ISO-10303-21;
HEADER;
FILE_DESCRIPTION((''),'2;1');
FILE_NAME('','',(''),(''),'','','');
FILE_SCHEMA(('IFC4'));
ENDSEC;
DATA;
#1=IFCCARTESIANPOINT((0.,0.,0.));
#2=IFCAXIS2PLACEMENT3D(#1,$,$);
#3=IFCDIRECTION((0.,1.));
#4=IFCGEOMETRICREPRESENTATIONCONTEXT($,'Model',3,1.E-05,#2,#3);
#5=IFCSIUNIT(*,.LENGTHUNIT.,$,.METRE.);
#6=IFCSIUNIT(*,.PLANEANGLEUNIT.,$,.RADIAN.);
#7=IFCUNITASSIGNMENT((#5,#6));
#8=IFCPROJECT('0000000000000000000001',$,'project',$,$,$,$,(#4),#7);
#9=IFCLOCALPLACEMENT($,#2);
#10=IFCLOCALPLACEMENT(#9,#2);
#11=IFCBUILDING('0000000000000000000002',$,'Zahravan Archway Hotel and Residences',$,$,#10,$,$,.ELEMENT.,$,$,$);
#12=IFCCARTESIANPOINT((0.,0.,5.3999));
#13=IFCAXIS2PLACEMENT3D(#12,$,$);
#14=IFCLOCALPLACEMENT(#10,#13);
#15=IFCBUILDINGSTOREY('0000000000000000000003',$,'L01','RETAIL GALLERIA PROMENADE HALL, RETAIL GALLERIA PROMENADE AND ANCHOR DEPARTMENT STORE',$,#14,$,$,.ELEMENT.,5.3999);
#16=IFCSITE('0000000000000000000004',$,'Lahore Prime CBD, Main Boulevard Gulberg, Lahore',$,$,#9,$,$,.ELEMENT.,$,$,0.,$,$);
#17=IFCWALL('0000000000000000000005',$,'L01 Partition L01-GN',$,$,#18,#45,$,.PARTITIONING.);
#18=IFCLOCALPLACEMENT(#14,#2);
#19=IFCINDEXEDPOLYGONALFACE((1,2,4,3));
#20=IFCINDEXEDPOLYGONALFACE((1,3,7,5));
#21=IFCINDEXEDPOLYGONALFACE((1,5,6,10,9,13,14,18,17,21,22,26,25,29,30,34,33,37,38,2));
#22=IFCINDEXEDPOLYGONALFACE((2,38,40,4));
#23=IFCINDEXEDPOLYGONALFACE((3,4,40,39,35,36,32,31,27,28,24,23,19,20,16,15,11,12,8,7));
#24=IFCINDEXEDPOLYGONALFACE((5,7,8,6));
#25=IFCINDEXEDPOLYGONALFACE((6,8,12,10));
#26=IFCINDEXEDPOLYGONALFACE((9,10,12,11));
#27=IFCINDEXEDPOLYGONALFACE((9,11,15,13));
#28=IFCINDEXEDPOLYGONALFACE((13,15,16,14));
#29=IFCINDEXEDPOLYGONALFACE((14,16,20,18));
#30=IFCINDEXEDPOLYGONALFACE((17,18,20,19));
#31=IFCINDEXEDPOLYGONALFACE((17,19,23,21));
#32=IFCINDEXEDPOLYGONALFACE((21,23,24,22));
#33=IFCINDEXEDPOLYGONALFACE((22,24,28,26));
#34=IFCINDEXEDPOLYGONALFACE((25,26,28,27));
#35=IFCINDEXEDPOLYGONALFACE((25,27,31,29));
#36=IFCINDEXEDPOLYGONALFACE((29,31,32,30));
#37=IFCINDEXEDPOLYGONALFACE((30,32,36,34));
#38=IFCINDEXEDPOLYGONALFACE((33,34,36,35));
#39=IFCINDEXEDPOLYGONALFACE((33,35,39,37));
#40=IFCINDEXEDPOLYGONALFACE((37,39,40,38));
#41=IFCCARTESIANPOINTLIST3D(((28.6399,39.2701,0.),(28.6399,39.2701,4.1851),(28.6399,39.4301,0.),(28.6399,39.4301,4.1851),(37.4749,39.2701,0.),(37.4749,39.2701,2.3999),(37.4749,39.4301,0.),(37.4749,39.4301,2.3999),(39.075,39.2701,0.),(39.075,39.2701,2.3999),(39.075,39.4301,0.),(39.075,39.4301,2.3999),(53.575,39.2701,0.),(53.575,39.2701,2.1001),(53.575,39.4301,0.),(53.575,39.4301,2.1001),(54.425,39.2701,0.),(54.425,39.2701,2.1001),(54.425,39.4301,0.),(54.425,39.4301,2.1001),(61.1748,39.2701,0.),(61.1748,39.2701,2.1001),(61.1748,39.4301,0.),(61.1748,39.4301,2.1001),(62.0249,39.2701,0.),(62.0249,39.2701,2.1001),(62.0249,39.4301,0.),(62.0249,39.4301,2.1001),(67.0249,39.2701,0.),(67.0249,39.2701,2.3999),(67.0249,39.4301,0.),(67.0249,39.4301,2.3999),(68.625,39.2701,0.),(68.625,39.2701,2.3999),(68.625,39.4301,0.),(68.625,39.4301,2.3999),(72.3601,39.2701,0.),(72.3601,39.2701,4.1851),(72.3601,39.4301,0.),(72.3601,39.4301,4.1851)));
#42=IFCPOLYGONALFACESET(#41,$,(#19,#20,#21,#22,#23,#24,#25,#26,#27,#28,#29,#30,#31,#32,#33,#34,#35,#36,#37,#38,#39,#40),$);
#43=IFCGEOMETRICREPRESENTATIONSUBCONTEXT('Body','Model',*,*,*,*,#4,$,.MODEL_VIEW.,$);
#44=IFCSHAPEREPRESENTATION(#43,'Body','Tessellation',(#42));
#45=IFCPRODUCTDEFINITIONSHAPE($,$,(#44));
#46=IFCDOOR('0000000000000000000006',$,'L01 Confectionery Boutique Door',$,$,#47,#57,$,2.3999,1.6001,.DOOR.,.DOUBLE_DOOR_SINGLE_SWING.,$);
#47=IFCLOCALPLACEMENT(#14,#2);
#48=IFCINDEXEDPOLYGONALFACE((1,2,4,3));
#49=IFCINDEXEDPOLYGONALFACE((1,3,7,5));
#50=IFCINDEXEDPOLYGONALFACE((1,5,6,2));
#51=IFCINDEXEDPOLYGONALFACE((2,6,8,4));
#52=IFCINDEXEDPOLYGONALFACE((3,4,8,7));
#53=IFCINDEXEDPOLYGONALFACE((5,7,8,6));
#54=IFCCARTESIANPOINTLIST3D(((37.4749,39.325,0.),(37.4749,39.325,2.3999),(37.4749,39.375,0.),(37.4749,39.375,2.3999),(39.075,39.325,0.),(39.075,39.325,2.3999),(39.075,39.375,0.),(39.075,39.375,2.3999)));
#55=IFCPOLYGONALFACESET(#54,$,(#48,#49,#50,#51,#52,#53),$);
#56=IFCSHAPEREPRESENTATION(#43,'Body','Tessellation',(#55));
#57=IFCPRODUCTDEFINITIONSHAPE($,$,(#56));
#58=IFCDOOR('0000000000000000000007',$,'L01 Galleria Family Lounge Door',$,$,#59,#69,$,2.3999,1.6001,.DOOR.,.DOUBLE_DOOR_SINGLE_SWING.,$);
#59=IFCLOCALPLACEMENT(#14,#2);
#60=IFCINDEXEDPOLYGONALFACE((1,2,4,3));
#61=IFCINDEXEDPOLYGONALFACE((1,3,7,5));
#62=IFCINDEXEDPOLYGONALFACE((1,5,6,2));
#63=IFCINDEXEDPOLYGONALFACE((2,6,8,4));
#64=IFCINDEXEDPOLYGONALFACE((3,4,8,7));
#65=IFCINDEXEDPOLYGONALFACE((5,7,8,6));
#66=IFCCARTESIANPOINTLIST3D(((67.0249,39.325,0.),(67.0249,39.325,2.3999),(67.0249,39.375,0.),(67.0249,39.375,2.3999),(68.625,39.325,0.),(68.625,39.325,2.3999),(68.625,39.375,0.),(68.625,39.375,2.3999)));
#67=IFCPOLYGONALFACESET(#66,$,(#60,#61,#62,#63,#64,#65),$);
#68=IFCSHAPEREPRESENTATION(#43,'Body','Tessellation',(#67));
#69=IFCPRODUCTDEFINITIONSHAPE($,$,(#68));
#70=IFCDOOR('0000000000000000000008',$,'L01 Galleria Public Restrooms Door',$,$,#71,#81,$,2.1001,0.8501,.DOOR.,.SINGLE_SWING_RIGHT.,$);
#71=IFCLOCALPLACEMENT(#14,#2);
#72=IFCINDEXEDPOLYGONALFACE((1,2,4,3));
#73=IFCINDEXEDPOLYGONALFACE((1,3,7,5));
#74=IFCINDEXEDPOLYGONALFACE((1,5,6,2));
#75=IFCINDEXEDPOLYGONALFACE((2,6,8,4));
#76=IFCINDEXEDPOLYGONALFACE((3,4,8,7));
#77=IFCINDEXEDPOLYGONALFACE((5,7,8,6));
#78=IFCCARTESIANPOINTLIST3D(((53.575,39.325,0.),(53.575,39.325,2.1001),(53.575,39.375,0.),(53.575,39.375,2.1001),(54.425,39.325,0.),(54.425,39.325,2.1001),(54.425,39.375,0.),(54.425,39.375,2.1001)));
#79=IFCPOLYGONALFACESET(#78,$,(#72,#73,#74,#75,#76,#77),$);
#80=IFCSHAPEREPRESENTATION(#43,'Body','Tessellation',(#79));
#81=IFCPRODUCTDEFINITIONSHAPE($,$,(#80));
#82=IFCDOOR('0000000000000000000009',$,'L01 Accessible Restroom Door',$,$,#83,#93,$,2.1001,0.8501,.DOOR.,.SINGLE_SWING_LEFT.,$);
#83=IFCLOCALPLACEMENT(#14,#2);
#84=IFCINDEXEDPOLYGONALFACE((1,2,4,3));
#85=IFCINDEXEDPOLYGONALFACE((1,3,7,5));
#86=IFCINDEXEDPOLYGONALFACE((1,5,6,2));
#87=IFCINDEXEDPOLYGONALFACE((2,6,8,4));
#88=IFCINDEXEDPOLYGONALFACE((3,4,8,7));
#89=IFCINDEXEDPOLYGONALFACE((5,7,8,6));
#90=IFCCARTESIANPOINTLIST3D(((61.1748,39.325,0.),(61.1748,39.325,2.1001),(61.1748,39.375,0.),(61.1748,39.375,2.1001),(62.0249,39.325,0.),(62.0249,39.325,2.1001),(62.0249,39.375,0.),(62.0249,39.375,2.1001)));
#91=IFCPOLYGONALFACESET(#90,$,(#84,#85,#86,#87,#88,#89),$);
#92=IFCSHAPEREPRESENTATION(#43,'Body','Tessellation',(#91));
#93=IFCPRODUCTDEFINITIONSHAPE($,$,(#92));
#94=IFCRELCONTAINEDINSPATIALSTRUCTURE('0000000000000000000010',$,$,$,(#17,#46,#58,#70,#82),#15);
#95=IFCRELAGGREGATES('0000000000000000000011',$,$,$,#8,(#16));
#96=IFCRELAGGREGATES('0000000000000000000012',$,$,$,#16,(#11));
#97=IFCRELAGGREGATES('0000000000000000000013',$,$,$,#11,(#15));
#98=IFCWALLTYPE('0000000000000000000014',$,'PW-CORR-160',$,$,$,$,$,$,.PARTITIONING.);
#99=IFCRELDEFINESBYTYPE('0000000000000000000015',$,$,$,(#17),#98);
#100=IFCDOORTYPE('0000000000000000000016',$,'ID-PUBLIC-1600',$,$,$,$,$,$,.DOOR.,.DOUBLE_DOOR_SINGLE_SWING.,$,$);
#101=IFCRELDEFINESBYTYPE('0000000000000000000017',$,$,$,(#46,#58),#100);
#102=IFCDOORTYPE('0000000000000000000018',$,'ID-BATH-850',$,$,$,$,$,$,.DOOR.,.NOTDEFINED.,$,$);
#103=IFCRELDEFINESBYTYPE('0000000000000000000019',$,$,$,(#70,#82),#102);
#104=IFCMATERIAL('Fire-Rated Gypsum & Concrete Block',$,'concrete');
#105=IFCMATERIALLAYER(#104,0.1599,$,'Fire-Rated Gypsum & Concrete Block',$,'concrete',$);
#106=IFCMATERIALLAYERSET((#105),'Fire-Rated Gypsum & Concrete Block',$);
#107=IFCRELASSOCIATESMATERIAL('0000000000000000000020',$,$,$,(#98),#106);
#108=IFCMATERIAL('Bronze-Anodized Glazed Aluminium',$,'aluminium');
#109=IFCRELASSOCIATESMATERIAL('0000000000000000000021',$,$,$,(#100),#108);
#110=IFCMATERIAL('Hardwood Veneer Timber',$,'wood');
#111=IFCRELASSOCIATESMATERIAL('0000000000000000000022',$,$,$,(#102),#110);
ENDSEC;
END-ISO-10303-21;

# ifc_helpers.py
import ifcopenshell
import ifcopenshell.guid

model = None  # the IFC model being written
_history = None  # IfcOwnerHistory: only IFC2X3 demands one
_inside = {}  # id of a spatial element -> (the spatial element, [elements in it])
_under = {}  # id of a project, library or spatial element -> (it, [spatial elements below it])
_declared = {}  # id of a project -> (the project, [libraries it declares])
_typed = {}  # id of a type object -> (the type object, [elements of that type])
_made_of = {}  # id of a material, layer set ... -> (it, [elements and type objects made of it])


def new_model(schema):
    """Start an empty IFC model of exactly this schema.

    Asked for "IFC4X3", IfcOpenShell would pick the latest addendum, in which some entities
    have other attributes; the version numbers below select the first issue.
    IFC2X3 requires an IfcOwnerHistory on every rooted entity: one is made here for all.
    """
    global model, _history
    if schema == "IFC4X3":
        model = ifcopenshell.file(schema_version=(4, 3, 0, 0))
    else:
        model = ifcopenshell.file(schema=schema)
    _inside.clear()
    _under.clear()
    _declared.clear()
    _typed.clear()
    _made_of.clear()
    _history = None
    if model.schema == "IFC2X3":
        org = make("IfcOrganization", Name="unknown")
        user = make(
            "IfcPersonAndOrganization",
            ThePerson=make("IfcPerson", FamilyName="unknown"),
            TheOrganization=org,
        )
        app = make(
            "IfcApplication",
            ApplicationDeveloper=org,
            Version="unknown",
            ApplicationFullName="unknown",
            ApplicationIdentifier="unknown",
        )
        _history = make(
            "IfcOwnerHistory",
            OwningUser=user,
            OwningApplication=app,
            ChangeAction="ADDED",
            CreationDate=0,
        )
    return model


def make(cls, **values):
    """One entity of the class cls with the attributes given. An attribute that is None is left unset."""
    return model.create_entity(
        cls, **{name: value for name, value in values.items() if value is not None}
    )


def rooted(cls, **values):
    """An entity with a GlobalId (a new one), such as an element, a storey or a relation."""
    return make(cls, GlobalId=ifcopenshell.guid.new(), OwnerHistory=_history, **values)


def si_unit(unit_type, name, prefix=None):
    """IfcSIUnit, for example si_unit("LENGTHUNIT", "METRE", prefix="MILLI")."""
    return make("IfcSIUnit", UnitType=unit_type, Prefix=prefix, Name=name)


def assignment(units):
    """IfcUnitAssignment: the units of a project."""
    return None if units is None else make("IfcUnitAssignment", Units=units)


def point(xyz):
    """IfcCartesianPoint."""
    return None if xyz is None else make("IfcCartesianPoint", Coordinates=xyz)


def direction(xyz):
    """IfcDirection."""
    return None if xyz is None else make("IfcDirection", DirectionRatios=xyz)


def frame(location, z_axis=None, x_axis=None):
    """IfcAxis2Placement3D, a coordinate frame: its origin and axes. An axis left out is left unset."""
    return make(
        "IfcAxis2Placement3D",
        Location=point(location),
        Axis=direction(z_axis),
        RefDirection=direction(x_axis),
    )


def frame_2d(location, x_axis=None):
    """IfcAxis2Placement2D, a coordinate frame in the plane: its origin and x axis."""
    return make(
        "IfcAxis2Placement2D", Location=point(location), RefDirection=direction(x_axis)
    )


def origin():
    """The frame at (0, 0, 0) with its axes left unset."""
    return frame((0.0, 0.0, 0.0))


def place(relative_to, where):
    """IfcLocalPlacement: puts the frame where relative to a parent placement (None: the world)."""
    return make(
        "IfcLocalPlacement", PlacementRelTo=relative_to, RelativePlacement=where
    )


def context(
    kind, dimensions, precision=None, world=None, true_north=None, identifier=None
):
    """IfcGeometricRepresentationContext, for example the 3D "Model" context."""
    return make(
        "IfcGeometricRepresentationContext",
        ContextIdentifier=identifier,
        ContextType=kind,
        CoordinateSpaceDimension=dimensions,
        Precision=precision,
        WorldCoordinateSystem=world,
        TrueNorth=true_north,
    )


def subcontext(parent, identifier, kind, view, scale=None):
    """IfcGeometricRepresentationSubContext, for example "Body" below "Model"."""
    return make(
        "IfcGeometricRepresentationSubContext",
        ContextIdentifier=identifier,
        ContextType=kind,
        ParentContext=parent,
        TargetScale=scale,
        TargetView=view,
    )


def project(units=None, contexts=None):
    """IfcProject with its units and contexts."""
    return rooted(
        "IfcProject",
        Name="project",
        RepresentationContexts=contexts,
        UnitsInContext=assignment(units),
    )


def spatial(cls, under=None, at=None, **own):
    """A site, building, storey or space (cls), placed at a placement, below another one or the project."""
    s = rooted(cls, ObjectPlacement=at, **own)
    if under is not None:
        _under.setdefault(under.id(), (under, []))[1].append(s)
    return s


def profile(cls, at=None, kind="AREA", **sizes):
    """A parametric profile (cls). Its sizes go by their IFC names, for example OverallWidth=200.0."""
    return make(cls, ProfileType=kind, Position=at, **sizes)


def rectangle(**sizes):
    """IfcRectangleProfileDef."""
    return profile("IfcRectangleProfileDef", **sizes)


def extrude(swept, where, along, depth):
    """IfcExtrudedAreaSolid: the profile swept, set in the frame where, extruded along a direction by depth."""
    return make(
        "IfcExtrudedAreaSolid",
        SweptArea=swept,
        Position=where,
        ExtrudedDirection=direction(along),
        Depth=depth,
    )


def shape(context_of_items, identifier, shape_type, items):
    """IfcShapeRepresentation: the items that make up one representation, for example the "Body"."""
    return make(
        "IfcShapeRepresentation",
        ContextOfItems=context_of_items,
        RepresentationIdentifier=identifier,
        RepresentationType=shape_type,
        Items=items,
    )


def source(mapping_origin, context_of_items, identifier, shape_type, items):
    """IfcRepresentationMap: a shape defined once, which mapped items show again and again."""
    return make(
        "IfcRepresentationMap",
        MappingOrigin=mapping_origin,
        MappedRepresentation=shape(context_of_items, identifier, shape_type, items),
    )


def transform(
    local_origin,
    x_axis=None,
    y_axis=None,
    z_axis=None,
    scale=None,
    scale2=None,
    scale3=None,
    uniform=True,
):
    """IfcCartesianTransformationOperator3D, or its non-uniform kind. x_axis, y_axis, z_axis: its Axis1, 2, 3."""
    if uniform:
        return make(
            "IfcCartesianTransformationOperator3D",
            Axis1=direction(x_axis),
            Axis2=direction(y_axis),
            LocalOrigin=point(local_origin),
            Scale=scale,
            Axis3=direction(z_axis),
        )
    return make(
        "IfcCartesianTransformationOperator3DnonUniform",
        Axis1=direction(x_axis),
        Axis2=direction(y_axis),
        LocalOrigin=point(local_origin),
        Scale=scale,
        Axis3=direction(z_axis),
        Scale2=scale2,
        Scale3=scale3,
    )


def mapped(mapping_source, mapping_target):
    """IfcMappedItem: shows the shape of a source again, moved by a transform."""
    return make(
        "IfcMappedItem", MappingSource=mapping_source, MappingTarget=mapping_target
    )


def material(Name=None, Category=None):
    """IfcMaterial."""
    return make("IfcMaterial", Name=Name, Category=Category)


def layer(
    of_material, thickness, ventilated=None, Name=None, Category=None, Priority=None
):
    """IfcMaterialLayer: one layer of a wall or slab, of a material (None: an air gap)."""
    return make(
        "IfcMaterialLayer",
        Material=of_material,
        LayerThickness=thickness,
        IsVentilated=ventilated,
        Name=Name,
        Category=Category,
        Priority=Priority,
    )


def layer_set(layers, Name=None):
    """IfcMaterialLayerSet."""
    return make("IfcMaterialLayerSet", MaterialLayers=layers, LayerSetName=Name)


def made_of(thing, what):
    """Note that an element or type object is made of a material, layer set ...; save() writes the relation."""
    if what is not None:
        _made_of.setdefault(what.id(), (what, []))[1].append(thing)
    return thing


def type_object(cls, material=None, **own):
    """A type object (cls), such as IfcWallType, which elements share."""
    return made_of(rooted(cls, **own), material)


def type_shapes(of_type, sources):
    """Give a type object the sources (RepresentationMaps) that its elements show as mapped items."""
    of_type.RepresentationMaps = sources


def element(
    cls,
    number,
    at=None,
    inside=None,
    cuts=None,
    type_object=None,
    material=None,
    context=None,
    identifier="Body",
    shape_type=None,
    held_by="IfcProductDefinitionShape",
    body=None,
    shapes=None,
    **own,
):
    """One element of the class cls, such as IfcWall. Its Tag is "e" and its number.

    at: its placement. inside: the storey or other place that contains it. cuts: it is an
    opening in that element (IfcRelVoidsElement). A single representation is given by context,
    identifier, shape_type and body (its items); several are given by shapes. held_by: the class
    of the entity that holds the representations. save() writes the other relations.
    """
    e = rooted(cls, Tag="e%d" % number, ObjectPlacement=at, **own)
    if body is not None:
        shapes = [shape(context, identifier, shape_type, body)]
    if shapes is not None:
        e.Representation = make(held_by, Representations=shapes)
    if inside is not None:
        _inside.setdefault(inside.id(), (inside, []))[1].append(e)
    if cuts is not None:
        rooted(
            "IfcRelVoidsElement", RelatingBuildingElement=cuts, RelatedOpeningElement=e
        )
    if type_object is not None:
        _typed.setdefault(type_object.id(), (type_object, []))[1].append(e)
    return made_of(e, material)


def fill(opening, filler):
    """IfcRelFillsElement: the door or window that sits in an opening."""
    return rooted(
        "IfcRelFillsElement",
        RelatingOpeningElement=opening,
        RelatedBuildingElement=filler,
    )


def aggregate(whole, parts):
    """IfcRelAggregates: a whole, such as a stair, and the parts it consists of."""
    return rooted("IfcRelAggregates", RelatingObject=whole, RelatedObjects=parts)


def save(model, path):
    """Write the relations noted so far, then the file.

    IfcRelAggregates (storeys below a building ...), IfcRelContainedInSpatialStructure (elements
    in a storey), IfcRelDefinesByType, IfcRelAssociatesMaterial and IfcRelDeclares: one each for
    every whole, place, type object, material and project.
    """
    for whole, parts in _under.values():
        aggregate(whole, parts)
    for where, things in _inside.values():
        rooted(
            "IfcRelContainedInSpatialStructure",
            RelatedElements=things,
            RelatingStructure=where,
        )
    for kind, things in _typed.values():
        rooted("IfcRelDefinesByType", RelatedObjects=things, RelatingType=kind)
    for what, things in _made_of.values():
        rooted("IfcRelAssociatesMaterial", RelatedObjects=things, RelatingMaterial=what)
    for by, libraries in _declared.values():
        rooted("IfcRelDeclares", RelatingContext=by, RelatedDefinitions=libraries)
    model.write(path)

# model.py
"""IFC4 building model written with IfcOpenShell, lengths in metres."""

from ifc_helpers import new_model, si_unit, direction, frame, frame_2d, origin, place, context, subcontext, project, spatial, rectangle, extrude, source, transform, mapped, material, layer, layer_set, type_object, type_shapes, element, fill, save


model = new_model("IFC4")

# Units and contexts
model_context = context("Model", 3, precision=1e-05, world=origin(), true_north=direction((0.0, 1.0)))
body_context = subcontext(model_context, "Body", "Model", "MODEL_VIEW")
ifc_project = project(units=[si_unit("LENGTHUNIT", "METRE"), si_unit("PLANEANGLEUNIT", "RADIAN")], contexts=[model_context])

# Site, building, storey
site_placement = place(None, origin())
site = spatial("IfcSite", under=ifc_project, at=site_placement, Name="Lahore Prime CBD, Main Boulevard Gulberg, Lahore", CompositionType="ELEMENT", RefElevation=0.0)
building_placement = place(site_placement, origin())
building = spatial("IfcBuilding", under=site, at=building_placement, Name="Zahravan Archway Hotel and Residences", CompositionType="ELEMENT")
storey_placement = place(building_placement, frame((0.0, 0.0, 5.3999)))
storey = spatial("IfcBuildingStorey", under=building, at=storey_placement, Name="L01", Description="RETAIL GALLERIA PROMENADE HALL, RETAIL GALLERIA PROMENADE AND ANCHOR DEPARTMENT STORE", CompositionType="ELEMENT", Elevation=5.3999)

# Wall, openings, doors
ifc_material_1 = material(Name="Fire-Rated Gypsum & Concrete Block", Category="concrete")
ifc_layer_1 = layer(ifc_material_1, 0.1599, Name="Fire-Rated Gypsum & Concrete Block", Category="concrete")
ifc_layer_set_1 = layer_set([ifc_layer_1], Name="Fire-Rated Gypsum & Concrete Block")
wall_type = type_object("IfcWallType", Name="PW-CORR-160", PredefinedType="PARTITIONING", material=ifc_layer_set_1)
wall_placement = place(storey_placement, frame((28.6399, 39.3501, 0.0), z_axis=(0.0, 0.0, 1.0), x_axis=(1.0, 0.0, 0.0)))
wall = element("IfcWall", 1, at=wall_placement, inside=storey, type_object=wall_type, Name="L01 Partition L01-GN", PredefinedType="PARTITIONING", context=body_context, shape_type="SweptSolid", body=[
    extrude(rectangle(XDim=43.7202, YDim=0.1599, at=frame_2d((21.8601, 0.0))), origin(), (0.0, 0.0, 1.0), 4.1851),
])
opening_1_placement = place(wall_placement, frame((8.835, 0.0, 0.0)))
opening_1 = element("IfcOpeningElement", 2, at=opening_1_placement, cuts=wall, PredefinedType="OPENING", context=body_context, shape_type="SweptSolid", body=[
    extrude(rectangle(XDim=1.6001, YDim=2.3999, at=frame_2d((0.8, 1.2))), frame((0.0, 0.0898, 0.0), z_axis=(0.0, -1.0, 0.0), x_axis=(1.0, 0.0, 0.0)), (0.0, 0.0, 1.0), 0.1799),
])
opening_2_placement = place(wall_placement, frame((24.9351, 0.0, 0.0)))
opening_2 = element("IfcOpeningElement", 3, at=opening_2_placement, cuts=wall, PredefinedType="OPENING", context=body_context, shape_type="SweptSolid", body=[
    extrude(rectangle(XDim=0.8501, YDim=2.1001, at=frame_2d((0.425, 1.05))), frame((0.0, 0.0898, 0.0), z_axis=(0.0, -1.0, 0.0), x_axis=(1.0, 0.0, 0.0)), (0.0, 0.0, 1.0), 0.1799),
])
opening_3_placement = place(wall_placement, frame((32.5349, 0.0, 0.0)))
opening_3 = element("IfcOpeningElement", 4, at=opening_3_placement, cuts=wall, PredefinedType="OPENING", context=body_context, shape_type="SweptSolid", body=[
    extrude(rectangle(XDim=0.8501, YDim=2.1001, at=frame_2d((0.425, 1.05))), frame((0.0, 0.0898, 0.0), z_axis=(0.0, -1.0, 0.0), x_axis=(1.0, 0.0, 0.0)), (0.0, 0.0, 1.0), 0.1799),
])
opening_4_placement = place(wall_placement, frame((38.385, 0.0, 0.0)))
opening_4 = element("IfcOpeningElement", 5, at=opening_4_placement, cuts=wall, PredefinedType="OPENING", context=body_context, shape_type="SweptSolid", body=[
    extrude(rectangle(XDim=1.6001, YDim=2.3999, at=frame_2d((0.8, 1.2))), frame((0.0, 0.0898, 0.0), z_axis=(0.0, -1.0, 0.0), x_axis=(1.0, 0.0, 0.0)), (0.0, 0.0, 1.0), 0.1799),
])
ifc_material_2 = material(Name="Bronze-Anodized Glazed Aluminium", Category="aluminium")
door_type_1 = type_object("IfcDoorType", Name="ID-PUBLIC-1600", OperationType="DOUBLE_DOOR_SINGLE_SWING", PredefinedType="DOOR", material=ifc_material_2)
shared_shape_1 = source(origin(), body_context, "Body", "SweptSolid", [
    extrude(rectangle(XDim=1.6001, YDim=2.3999, at=frame_2d((0.8, 1.2))), frame((0.0, 0.0249, 0.0), z_axis=(0.0, -1.0, 0.0), x_axis=(1.0, 0.0, 0.0)), (0.0, 0.0, 1.0), 0.05),
])
type_shapes(door_type_1, [shared_shape_1])
door_1_placement = place(opening_1_placement, origin())
door_1 = element("IfcDoor", 6, at=door_1_placement, inside=storey, type_object=door_type_1, Name="L01 Confectionery Boutique Door", OperationType="DOUBLE_DOOR_SINGLE_SWING", OverallHeight=2.3999, OverallWidth=1.6001, PredefinedType="DOOR", context=body_context, shape_type="MappedRepresentation", body=[
    mapped(shared_shape_1, transform((0.0, 0.0, 0.0), scale=1.0)),
])
fill(opening_1, door_1)
door_2_placement = place(opening_4_placement, origin())
door_2 = element("IfcDoor", 7, at=door_2_placement, inside=storey, type_object=door_type_1, Name="L01 Galleria Family Lounge Door", OperationType="DOUBLE_DOOR_SINGLE_SWING", OverallHeight=2.3999, OverallWidth=1.6001, PredefinedType="DOOR", context=body_context, shape_type="MappedRepresentation", body=[
    mapped(shared_shape_1, transform((0.0, 0.0, 0.0), scale=1.0)),
])
fill(opening_4, door_2)
ifc_material_3 = material(Name="Hardwood Veneer Timber", Category="wood")
door_type_2 = type_object("IfcDoorType", Name="ID-BATH-850", OperationType="NOTDEFINED", PredefinedType="DOOR", material=ifc_material_3)
shared_shape_2 = source(origin(), body_context, "Body", "SweptSolid", [
    extrude(rectangle(XDim=0.8501, YDim=2.1001, at=frame_2d((0.425, 1.05))), frame((0.0, 0.0249, 0.0), z_axis=(0.0, -1.0, 0.0), x_axis=(1.0, 0.0, 0.0)), (0.0, 0.0, 1.0), 0.05),
])
type_shapes(door_type_2, [shared_shape_2])
door_3_placement = place(opening_2_placement, origin())
door_3 = element("IfcDoor", 8, at=door_3_placement, inside=storey, type_object=door_type_2, Name="L01 Galleria Public Restrooms Door", OperationType="SINGLE_SWING_RIGHT", OverallHeight=2.1001, OverallWidth=0.8501, PredefinedType="DOOR", context=body_context, shape_type="MappedRepresentation", body=[
    mapped(shared_shape_2, transform((0.0, 0.0, 0.0), scale=1.0)),
])
fill(opening_2, door_3)
door_4_placement = place(opening_3_placement, origin())
door_4 = element("IfcDoor", 9, at=door_4_placement, inside=storey, type_object=door_type_2, Name="L01 Accessible Restroom Door", OperationType="SINGLE_SWING_LEFT", OverallHeight=2.1001, OverallWidth=0.8501, PredefinedType="DOOR", context=body_context, shape_type="MappedRepresentation", body=[
    mapped(shared_shape_2, transform((0.0, 0.0, 0.0), scale=1.0)),
])
fill(opening_3, door_4)

save(model, "model.ifc")
